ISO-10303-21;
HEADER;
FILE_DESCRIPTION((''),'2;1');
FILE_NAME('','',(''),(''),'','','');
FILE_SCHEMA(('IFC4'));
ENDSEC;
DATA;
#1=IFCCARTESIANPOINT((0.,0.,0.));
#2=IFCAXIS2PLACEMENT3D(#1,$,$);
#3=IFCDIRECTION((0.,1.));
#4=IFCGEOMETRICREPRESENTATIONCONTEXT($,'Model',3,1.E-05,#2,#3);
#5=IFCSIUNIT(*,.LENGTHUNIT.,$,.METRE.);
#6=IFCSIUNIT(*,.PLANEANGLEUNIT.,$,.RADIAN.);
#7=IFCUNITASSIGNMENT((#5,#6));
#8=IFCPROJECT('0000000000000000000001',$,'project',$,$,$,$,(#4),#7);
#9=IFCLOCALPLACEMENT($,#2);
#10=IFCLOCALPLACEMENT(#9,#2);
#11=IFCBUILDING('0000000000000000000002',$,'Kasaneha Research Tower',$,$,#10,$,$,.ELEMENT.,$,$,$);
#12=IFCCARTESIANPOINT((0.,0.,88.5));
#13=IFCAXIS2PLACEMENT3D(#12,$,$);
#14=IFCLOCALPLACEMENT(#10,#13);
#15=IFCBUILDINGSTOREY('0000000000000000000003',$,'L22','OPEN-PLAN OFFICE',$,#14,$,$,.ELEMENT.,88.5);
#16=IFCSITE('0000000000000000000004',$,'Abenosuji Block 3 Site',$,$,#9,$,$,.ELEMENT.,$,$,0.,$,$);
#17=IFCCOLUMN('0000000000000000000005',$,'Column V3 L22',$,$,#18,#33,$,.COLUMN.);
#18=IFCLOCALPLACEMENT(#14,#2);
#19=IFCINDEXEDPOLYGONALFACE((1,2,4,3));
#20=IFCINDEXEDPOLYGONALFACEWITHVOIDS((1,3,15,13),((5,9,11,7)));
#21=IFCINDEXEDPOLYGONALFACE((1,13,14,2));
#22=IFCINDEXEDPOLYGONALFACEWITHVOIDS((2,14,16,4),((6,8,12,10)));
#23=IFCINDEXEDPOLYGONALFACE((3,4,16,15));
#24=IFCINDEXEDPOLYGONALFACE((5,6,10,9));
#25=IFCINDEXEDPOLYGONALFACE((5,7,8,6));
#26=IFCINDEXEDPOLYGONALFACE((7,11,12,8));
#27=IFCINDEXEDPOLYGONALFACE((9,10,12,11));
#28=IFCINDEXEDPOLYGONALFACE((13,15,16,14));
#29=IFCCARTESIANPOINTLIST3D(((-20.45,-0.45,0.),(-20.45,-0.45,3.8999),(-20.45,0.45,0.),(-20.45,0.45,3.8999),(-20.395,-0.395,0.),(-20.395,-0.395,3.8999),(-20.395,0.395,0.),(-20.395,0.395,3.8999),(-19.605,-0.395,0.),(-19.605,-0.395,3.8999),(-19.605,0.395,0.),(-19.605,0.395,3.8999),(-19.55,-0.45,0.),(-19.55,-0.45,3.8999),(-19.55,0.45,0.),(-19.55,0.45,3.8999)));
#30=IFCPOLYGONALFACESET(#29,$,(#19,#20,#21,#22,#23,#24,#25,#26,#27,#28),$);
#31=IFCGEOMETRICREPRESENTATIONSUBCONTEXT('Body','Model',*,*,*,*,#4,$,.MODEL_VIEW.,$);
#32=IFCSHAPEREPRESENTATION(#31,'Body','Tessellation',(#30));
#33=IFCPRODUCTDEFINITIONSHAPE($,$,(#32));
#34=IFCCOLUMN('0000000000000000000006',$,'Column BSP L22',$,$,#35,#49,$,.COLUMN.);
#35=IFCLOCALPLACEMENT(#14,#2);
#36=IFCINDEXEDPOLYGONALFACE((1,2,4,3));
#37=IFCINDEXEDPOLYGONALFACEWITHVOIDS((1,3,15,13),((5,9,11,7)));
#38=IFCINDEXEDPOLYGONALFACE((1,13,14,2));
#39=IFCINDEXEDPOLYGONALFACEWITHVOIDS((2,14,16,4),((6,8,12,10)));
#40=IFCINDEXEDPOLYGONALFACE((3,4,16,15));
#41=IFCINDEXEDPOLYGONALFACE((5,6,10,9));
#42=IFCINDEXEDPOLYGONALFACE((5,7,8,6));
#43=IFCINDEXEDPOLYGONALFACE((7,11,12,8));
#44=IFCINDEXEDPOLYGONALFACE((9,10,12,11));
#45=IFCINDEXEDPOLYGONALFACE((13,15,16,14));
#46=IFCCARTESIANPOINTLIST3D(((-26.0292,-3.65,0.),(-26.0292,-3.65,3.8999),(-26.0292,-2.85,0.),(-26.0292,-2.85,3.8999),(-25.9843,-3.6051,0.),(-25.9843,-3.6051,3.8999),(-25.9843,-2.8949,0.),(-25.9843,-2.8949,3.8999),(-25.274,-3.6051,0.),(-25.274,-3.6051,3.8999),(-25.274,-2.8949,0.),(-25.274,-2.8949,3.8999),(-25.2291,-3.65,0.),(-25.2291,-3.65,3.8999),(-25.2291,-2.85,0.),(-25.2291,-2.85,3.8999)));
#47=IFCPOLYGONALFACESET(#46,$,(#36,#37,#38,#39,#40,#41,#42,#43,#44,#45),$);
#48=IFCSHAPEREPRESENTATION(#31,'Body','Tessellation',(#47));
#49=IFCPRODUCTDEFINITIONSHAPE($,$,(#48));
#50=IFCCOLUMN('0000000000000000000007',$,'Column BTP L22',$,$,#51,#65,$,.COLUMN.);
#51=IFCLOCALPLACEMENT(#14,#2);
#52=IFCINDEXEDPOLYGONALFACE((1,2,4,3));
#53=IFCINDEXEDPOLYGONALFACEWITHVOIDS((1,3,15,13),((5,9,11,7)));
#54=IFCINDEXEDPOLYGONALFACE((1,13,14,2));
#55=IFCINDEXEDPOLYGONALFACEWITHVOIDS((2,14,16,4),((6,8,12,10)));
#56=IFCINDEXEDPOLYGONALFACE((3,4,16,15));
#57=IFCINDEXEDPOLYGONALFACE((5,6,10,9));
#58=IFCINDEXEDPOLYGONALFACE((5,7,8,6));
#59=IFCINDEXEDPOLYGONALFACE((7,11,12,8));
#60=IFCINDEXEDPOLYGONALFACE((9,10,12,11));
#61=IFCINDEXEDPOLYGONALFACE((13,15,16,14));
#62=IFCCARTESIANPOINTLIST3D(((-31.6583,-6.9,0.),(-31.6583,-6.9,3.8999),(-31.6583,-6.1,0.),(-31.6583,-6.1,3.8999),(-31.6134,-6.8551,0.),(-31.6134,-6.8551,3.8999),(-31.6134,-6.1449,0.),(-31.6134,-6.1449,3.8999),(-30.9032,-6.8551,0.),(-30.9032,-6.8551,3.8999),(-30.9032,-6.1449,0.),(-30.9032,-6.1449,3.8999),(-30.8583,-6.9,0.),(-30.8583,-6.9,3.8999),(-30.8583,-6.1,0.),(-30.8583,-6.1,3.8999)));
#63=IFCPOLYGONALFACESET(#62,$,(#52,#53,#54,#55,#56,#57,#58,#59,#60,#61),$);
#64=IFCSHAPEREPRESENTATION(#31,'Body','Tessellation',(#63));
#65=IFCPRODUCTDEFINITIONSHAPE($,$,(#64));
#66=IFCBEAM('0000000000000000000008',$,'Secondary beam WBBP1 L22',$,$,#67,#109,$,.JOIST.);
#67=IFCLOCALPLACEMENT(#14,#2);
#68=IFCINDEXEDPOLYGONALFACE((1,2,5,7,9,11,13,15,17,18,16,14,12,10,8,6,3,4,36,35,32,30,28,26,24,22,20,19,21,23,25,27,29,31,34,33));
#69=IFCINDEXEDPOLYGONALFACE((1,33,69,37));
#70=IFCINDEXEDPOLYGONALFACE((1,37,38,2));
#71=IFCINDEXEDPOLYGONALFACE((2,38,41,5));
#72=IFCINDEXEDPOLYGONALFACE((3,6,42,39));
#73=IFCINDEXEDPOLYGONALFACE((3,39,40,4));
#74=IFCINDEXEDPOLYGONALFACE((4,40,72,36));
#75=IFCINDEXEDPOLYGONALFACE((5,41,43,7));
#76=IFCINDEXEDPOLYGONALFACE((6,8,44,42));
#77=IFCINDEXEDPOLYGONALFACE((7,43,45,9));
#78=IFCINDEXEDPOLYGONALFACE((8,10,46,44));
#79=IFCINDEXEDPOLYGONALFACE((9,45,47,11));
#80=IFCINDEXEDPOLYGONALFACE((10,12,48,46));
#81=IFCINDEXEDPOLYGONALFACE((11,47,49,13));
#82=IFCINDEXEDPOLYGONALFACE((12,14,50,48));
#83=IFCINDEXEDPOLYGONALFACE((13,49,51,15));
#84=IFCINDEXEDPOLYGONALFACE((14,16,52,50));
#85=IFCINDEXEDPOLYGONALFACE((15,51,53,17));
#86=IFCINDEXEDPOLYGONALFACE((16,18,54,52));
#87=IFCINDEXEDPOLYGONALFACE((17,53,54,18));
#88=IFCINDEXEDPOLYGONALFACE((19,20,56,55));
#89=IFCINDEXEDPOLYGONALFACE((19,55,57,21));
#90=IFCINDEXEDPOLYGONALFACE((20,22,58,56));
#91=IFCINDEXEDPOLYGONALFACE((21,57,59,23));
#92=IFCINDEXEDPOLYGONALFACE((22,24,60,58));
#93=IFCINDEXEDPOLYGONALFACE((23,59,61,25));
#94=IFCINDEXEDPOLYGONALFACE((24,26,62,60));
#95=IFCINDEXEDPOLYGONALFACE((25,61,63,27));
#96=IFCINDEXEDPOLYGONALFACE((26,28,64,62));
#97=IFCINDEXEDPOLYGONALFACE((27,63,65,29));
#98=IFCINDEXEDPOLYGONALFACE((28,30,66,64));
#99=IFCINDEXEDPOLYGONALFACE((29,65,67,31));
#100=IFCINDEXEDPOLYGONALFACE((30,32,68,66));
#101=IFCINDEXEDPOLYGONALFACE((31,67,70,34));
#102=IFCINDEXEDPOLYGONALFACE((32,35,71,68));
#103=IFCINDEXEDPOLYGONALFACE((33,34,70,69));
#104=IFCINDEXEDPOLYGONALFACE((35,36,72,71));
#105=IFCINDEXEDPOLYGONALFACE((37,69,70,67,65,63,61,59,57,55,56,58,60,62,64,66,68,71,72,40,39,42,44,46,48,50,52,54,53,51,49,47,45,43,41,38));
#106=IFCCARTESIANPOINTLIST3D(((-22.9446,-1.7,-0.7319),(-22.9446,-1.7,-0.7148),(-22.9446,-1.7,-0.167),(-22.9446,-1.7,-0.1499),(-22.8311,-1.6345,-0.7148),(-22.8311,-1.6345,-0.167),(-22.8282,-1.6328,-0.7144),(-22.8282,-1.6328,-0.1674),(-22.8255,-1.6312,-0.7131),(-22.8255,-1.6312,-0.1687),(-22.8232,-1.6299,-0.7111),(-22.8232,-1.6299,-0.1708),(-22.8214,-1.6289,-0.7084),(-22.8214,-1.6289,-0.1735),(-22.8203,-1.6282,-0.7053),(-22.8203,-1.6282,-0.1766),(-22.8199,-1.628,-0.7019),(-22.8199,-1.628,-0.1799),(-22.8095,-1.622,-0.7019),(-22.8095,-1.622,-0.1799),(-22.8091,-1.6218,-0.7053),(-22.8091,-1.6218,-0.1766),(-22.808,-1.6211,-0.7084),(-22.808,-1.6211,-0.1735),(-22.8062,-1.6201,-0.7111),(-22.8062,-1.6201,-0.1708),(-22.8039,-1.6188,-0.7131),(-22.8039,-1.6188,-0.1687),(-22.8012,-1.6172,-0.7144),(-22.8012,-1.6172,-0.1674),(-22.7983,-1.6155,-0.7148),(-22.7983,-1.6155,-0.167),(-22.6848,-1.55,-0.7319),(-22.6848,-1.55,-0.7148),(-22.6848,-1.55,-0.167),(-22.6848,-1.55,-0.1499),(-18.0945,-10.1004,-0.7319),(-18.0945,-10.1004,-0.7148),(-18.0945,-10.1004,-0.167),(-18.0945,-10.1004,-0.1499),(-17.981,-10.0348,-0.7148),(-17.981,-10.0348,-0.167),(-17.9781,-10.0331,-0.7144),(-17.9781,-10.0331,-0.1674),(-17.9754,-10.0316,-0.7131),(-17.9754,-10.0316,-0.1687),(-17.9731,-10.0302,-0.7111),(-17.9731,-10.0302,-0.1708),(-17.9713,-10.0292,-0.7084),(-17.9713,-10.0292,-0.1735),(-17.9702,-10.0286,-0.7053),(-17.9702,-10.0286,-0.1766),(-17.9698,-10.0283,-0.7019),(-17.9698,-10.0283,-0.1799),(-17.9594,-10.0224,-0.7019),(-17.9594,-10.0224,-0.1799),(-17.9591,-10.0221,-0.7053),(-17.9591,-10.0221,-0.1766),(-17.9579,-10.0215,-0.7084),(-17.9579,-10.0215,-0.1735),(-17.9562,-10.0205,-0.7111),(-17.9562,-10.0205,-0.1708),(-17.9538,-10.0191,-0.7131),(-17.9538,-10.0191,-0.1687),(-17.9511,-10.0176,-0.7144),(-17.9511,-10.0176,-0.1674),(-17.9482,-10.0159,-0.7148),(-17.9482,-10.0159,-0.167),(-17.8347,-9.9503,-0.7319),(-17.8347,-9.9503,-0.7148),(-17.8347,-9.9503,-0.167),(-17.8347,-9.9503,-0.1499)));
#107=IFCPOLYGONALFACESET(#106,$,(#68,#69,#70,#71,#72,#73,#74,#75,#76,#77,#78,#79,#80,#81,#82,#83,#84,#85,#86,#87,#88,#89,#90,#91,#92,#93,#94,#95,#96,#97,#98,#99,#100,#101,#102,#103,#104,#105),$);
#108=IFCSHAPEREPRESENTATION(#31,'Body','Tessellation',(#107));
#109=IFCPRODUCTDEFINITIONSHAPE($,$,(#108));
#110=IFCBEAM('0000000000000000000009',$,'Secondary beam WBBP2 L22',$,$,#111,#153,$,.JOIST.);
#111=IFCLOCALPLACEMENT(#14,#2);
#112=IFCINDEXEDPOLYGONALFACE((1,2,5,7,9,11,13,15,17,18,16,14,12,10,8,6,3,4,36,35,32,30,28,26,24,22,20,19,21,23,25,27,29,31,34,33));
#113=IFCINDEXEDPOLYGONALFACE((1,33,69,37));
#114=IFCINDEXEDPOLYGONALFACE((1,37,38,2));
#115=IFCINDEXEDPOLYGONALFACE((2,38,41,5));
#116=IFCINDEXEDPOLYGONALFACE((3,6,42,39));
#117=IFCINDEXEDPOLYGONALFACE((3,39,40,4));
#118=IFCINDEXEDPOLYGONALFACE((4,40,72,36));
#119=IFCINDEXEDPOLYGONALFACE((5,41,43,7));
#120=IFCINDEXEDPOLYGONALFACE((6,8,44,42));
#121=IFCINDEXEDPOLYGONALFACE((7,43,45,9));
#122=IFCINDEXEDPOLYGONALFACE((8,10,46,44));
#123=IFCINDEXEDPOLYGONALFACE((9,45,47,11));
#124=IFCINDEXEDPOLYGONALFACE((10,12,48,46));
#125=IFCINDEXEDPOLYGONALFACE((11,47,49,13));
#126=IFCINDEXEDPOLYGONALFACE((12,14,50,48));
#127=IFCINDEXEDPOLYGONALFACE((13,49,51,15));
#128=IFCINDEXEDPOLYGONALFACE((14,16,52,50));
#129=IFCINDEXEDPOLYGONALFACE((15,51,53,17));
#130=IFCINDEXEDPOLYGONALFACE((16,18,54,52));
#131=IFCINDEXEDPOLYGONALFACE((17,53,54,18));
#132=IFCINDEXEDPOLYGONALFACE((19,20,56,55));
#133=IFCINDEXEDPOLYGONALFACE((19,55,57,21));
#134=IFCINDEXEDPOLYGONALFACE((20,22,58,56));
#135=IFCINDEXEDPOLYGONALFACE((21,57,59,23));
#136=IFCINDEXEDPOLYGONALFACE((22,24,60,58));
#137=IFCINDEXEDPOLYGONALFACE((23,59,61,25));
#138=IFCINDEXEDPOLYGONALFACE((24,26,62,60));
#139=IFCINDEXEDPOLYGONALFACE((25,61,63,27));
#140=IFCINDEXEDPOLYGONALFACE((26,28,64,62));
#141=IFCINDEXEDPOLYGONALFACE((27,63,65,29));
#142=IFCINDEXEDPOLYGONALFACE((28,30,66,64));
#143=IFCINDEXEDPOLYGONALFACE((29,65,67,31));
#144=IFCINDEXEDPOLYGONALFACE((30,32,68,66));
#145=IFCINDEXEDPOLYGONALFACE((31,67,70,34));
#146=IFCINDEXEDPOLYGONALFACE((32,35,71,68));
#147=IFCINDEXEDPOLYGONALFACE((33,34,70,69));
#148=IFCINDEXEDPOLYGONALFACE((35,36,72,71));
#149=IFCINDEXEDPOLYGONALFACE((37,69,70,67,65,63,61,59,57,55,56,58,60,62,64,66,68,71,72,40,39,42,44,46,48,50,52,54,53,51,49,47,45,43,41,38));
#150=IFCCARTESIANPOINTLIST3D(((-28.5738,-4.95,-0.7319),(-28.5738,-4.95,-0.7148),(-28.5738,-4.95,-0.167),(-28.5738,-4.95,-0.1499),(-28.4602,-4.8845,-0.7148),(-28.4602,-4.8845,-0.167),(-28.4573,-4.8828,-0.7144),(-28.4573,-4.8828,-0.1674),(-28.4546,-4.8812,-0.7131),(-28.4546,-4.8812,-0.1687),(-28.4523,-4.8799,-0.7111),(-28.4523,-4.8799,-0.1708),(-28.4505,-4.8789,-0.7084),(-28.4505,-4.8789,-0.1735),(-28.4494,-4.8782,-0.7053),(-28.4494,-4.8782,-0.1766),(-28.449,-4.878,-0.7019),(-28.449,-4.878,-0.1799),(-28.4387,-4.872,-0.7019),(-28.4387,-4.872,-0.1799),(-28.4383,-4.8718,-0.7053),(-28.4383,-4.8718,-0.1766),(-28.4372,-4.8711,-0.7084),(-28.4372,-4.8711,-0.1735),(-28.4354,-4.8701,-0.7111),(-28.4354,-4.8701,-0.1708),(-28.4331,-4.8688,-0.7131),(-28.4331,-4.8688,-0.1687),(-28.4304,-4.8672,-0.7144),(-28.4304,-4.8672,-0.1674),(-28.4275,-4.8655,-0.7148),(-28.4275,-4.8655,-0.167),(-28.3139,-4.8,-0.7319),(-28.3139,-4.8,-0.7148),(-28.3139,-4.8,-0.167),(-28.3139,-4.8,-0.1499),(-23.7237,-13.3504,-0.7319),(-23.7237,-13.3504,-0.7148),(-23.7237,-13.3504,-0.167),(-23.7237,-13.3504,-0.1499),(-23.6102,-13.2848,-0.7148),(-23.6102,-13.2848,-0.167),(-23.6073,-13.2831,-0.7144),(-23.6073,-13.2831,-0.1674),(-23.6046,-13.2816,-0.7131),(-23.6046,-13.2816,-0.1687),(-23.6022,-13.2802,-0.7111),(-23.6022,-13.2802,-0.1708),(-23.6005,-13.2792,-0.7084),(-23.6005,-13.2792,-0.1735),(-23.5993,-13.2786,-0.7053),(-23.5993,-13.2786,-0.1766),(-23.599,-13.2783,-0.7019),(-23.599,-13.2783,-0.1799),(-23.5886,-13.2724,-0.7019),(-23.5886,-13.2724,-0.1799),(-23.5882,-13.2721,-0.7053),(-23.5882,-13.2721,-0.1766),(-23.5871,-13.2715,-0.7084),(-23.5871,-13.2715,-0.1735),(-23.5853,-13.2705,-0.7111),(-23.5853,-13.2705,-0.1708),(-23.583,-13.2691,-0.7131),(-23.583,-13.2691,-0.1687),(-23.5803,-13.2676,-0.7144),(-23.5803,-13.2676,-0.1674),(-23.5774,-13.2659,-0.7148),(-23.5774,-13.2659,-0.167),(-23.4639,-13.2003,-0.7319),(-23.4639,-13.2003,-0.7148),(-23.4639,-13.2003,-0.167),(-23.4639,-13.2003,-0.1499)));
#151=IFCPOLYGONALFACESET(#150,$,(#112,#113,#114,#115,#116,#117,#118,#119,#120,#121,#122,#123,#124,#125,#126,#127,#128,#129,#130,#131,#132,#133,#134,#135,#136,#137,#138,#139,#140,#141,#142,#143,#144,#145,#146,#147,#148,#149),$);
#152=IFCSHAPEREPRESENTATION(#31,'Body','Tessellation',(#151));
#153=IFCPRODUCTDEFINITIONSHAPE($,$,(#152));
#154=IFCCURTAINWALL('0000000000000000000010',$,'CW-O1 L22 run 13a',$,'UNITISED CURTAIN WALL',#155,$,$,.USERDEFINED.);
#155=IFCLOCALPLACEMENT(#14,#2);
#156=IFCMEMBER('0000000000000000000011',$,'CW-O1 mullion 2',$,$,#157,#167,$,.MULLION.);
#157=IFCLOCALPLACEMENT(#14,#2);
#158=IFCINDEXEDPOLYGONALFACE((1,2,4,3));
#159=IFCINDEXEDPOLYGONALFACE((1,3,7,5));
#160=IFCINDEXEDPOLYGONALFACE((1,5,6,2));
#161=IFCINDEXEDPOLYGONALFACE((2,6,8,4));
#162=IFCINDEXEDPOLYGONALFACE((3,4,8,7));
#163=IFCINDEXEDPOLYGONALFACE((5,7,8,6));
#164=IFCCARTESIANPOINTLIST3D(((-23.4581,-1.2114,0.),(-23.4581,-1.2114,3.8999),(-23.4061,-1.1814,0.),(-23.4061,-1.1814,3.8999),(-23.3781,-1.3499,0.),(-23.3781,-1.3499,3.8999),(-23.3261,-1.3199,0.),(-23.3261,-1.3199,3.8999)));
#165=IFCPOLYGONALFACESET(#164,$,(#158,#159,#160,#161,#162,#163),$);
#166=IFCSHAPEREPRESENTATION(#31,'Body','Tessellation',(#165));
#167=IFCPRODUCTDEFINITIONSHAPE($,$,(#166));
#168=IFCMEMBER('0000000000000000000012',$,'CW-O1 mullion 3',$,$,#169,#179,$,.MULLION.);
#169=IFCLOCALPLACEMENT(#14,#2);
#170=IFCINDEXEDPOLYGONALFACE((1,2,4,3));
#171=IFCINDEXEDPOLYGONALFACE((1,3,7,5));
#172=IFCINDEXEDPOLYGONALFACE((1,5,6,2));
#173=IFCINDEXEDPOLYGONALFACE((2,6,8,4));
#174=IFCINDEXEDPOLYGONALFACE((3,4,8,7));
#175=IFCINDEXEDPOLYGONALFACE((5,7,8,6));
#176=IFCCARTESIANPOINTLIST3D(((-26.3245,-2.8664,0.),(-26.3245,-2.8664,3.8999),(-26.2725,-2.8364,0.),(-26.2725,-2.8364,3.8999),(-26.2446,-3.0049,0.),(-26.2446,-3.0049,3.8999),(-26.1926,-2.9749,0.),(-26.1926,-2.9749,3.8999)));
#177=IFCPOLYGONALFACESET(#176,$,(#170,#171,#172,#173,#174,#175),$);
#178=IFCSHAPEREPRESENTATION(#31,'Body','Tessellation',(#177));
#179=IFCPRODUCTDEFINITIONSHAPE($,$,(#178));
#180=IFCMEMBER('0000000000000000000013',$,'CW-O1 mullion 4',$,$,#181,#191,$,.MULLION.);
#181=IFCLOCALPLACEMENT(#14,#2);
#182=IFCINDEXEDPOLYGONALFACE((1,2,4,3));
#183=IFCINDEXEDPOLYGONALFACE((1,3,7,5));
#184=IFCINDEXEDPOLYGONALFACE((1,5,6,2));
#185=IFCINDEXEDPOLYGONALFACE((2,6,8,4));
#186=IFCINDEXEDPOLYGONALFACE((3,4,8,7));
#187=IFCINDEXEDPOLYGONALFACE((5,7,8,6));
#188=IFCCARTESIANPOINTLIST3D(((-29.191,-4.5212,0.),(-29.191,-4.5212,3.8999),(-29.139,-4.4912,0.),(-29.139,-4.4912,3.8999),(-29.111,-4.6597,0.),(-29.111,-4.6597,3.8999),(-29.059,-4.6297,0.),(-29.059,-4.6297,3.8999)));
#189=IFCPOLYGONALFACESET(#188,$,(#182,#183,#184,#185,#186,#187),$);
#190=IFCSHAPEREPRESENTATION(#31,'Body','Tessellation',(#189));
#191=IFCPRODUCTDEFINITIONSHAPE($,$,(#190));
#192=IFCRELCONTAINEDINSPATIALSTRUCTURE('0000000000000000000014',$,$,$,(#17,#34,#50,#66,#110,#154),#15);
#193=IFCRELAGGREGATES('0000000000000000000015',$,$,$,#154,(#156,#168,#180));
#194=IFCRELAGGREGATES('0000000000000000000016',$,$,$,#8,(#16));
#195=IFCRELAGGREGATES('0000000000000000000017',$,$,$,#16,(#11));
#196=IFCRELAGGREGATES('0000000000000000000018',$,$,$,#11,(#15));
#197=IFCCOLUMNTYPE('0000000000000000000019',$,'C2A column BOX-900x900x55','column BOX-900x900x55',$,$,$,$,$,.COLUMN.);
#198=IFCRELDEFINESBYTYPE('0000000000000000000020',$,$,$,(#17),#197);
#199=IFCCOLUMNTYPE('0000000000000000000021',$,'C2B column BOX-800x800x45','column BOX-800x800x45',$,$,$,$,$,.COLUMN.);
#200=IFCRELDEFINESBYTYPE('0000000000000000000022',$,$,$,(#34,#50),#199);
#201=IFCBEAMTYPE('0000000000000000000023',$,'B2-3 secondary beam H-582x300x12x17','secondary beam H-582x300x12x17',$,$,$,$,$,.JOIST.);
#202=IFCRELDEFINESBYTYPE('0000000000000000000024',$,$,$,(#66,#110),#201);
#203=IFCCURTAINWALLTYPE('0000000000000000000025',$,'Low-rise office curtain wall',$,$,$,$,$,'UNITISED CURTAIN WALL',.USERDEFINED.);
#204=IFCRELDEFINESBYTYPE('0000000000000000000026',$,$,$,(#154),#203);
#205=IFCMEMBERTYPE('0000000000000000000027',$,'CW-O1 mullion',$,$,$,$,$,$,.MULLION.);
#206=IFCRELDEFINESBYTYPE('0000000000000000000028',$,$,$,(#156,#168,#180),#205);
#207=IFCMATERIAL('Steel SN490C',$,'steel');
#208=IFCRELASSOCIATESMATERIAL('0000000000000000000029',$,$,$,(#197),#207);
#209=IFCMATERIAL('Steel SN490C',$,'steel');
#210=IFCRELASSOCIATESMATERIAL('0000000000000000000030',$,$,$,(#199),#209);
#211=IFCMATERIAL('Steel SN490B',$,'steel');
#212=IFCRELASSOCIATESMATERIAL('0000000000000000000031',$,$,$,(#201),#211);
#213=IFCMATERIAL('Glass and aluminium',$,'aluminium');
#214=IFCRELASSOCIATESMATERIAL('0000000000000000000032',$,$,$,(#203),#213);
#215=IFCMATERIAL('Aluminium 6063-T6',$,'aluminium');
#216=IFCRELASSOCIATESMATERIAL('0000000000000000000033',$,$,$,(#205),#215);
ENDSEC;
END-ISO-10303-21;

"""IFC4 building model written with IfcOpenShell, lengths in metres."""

from ifc_helpers import new_model, si_unit, direction, frame, origin, origin_2d, place, context, subcontext, project, spatial, rectangle, hollow_rectangle, i_section, extrude, material, material_profile, profile_set, type_object, element, aggregate, save


model = new_model("IFC4")

# Units and contexts
model_context = context("Model", 3, precision=1e-05, world=origin(), true_north=direction((0.0, 1.0)))
body_context = subcontext(model_context, "Body", "Model", "MODEL_VIEW")
ifc_project = project(units=[si_unit("LENGTHUNIT", "METRE"), si_unit("PLANEANGLEUNIT", "RADIAN")], contexts=[model_context])

# Site, building, storey
site_placement = place(None, origin())
site = spatial("IfcSite", under=ifc_project, at=site_placement, Name="Abenosuji Block 3 Site", CompositionType="ELEMENT", RefElevation=0.0)
building_placement = place(site_placement, origin())
building = spatial("IfcBuilding", under=site, at=building_placement, Name="Kasaneha Research Tower", CompositionType="ELEMENT")
storey_placement = place(building_placement, frame((0.0, 0.0, 88.5)))
storey = spatial("IfcBuildingStorey", under=building, at=storey_placement, Name="L22", Description="OPEN-PLAN OFFICE", CompositionType="ELEMENT", Elevation=88.5)

# Columns
ifc_material_1 = material(Name="Steel SN490C", Category="steel")
ifc_material_profile_1 = material_profile(ifc_material_1, hollow_rectangle(XDim=0.8999, YDim=0.8999, WallThickness=0.0549, at=origin_2d()), Name="BOX-900x900x55")
ifc_profile_set_1 = profile_set([ifc_material_profile_1], Name="Steel SN490C")
column_type_1 = type_object("IfcColumnType", Name="C2A column BOX-900x900x55", Description="column BOX-900x900x55", PredefinedType="COLUMN", material=ifc_profile_set_1)
column_placement = place(storey_placement, frame((-20.0, 0.0, 0.0), z_axis=(0.0, 0.0, 1.0), x_axis=(1.0, 0.0, 0.0)))
element("IfcColumn", 1, at=column_placement, inside=storey, type_object=column_type_1, Name="Column V3 L22", PredefinedType="COLUMN", context=body_context, shape_type="SweptSolid", body=[
    extrude(hollow_rectangle(XDim=0.8999, YDim=0.8999, WallThickness=0.0549, at=origin_2d()), origin(), (0.0, 0.0, 1.0), 3.8999),
])
ifc_material_2 = material(Name="Steel SN490C", Category="steel")
ifc_material_profile_2 = material_profile(ifc_material_2, hollow_rectangle(XDim=0.8, YDim=0.8, WallThickness=0.0449, at=origin_2d()), Name="BOX-800x800x45")
ifc_profile_set_2 = profile_set([ifc_material_profile_2], Name="Steel SN490C")
column_type_2 = type_object("IfcColumnType", Name="C2B column BOX-800x800x45", Description="column BOX-800x800x45", PredefinedType="COLUMN", material=ifc_profile_set_2)
for number, where, z_axis, x_axis, name in (
    (2, (-25.6292, -3.25, 0.0), (0.0, 0.0, 1.0), (1.0, 0.0, 0.0), "Column BSP L22"),
    (3, (-31.2583, -6.5, 0.0), (0.0, 0.0, 1.0), (1.0, 0.0, 0.0), "Column BTP L22"),
):
    element("IfcColumn", number, at=place(storey_placement, frame(where, z_axis=z_axis, x_axis=x_axis)), inside=storey, type_object=column_type_2, Name=name, PredefinedType="COLUMN", context=body_context, shape_type="SweptSolid", body=[
        extrude(hollow_rectangle(XDim=0.8, YDim=0.8, WallThickness=0.0449, at=origin_2d()), origin(), (0.0, 0.0, 1.0), 3.8999),
    ])

# Beams
ifc_material_3 = material(Name="Steel SN490B", Category="steel")
ifc_material_profile_3 = material_profile(ifc_material_3, i_section(OverallWidth=0.3, OverallDepth=0.582, WebThickness=0.012, FlangeThickness=0.0171, FilletRadius=0.0129, at=origin_2d()), Name="H-582x300x12x17")
ifc_profile_set_3 = profile_set([ifc_material_profile_3], Name="Steel SN490B")
beam_type_1 = type_object("IfcBeamType", Name="B2-3 secondary beam H-582x300x12x17", Description="secondary beam H-582x300x12x17", PredefinedType="JOIST", material=ifc_profile_set_3)
for number, where, z_axis, x_axis, name in (
    (4, (-22.8147, -1.625, -0.4409), (0.50001, -0.86602, 0.0), (0.86602, 0.50001, 0.0), "Secondary beam WBBP1 L22"),
    (5, (-28.4438, -4.875, -0.4409), (0.50001, -0.86602, 0.0), (0.86602, 0.50001, 0.0), "Secondary beam WBBP2 L22"),
):
    element("IfcBeam", number, at=place(storey_placement, frame(where, z_axis=z_axis, x_axis=x_axis)), inside=storey, type_object=beam_type_1, Name=name, PredefinedType="JOIST", context=body_context, shape_type="SweptSolid", body=[
        extrude(i_section(OverallWidth=0.3, OverallDepth=0.582, WebThickness=0.012, FlangeThickness=0.0171, FilletRadius=0.0129, at=origin_2d()), origin(), (0.0, 0.0, 1.0), 9.7),
    ])

# Curtain wall, members
ifc_material_4 = material(Name="Glass and aluminium", Category="aluminium")
curtain_wall_type = type_object("IfcCurtainWallType", Name="Low-rise office curtain wall", ElementType="UNITISED CURTAIN WALL", PredefinedType="USERDEFINED", material=ifc_material_4)
curtain_wall_1_placement = place(storey_placement, origin())
curtain_wall_1 = element("IfcCurtainWall", 6, at=curtain_wall_1_placement, inside=storey, type_object=curtain_wall_type, Name="CW-O1 L22 run 13a", ObjectType="UNITISED CURTAIN WALL", PredefinedType="USERDEFINED")
ifc_material_5 = material(Name="Aluminium 6063-T6", Category="aluminium")
ifc_material_profile_4 = material_profile(ifc_material_5, rectangle(XDim=0.0601, YDim=0.1599, at=origin_2d()), Name="CW-O1 mullion 60x160")
ifc_profile_set_4 = profile_set([ifc_material_profile_4], Name="Aluminium 6063-T6")
member_type_1 = type_object("IfcMemberType", Name="CW-O1 mullion", PredefinedType="MULLION", material=ifc_profile_set_4)
member_1_placement = place(storey_placement, frame((-23.3921, -1.2656, 0.0), z_axis=(0.0, 0.0, 1.0), x_axis=(-0.866025, -0.5, 0.0)))
member_1 = element("IfcMember", 7, at=member_1_placement, type_object=member_type_1, Name="CW-O1 mullion 2", PredefinedType="MULLION", context=body_context, shape_type="SweptSolid", body=[
    extrude(rectangle(XDim=0.0601, YDim=0.1599, at=origin_2d()), origin(), (0.0, 0.0, 1.0), 3.8999),
])
member_2_placement = place(storey_placement, frame((-26.2585, -2.9207, 0.0), z_axis=(0.0, 0.0, 1.0), x_axis=(-0.866025, -0.5, 0.0)))
member_2 = element("IfcMember", 8, at=member_2_placement, type_object=member_type_1, Name="CW-O1 mullion 3", PredefinedType="MULLION", context=body_context, shape_type="SweptSolid", body=[
    extrude(rectangle(XDim=0.0601, YDim=0.1599, at=origin_2d()), origin(), (0.0, 0.0, 1.0), 3.8999),
])
member_3_placement = place(storey_placement, frame((-29.125, -4.5754, 0.0), z_axis=(0.0, 0.0, 1.0), x_axis=(-0.866025, -0.5, 0.0)))
member_3 = element("IfcMember", 9, at=member_3_placement, type_object=member_type_1, Name="CW-O1 mullion 4", PredefinedType="MULLION", context=body_context, shape_type="SweptSolid", body=[
    extrude(rectangle(XDim=0.0601, YDim=0.1599, at=origin_2d()), origin(), (0.0, 0.0, 1.0), 3.8999),
])

aggregate(curtain_wall_1, [member_1, member_2, member_3])

save(model, "model.ifc")
